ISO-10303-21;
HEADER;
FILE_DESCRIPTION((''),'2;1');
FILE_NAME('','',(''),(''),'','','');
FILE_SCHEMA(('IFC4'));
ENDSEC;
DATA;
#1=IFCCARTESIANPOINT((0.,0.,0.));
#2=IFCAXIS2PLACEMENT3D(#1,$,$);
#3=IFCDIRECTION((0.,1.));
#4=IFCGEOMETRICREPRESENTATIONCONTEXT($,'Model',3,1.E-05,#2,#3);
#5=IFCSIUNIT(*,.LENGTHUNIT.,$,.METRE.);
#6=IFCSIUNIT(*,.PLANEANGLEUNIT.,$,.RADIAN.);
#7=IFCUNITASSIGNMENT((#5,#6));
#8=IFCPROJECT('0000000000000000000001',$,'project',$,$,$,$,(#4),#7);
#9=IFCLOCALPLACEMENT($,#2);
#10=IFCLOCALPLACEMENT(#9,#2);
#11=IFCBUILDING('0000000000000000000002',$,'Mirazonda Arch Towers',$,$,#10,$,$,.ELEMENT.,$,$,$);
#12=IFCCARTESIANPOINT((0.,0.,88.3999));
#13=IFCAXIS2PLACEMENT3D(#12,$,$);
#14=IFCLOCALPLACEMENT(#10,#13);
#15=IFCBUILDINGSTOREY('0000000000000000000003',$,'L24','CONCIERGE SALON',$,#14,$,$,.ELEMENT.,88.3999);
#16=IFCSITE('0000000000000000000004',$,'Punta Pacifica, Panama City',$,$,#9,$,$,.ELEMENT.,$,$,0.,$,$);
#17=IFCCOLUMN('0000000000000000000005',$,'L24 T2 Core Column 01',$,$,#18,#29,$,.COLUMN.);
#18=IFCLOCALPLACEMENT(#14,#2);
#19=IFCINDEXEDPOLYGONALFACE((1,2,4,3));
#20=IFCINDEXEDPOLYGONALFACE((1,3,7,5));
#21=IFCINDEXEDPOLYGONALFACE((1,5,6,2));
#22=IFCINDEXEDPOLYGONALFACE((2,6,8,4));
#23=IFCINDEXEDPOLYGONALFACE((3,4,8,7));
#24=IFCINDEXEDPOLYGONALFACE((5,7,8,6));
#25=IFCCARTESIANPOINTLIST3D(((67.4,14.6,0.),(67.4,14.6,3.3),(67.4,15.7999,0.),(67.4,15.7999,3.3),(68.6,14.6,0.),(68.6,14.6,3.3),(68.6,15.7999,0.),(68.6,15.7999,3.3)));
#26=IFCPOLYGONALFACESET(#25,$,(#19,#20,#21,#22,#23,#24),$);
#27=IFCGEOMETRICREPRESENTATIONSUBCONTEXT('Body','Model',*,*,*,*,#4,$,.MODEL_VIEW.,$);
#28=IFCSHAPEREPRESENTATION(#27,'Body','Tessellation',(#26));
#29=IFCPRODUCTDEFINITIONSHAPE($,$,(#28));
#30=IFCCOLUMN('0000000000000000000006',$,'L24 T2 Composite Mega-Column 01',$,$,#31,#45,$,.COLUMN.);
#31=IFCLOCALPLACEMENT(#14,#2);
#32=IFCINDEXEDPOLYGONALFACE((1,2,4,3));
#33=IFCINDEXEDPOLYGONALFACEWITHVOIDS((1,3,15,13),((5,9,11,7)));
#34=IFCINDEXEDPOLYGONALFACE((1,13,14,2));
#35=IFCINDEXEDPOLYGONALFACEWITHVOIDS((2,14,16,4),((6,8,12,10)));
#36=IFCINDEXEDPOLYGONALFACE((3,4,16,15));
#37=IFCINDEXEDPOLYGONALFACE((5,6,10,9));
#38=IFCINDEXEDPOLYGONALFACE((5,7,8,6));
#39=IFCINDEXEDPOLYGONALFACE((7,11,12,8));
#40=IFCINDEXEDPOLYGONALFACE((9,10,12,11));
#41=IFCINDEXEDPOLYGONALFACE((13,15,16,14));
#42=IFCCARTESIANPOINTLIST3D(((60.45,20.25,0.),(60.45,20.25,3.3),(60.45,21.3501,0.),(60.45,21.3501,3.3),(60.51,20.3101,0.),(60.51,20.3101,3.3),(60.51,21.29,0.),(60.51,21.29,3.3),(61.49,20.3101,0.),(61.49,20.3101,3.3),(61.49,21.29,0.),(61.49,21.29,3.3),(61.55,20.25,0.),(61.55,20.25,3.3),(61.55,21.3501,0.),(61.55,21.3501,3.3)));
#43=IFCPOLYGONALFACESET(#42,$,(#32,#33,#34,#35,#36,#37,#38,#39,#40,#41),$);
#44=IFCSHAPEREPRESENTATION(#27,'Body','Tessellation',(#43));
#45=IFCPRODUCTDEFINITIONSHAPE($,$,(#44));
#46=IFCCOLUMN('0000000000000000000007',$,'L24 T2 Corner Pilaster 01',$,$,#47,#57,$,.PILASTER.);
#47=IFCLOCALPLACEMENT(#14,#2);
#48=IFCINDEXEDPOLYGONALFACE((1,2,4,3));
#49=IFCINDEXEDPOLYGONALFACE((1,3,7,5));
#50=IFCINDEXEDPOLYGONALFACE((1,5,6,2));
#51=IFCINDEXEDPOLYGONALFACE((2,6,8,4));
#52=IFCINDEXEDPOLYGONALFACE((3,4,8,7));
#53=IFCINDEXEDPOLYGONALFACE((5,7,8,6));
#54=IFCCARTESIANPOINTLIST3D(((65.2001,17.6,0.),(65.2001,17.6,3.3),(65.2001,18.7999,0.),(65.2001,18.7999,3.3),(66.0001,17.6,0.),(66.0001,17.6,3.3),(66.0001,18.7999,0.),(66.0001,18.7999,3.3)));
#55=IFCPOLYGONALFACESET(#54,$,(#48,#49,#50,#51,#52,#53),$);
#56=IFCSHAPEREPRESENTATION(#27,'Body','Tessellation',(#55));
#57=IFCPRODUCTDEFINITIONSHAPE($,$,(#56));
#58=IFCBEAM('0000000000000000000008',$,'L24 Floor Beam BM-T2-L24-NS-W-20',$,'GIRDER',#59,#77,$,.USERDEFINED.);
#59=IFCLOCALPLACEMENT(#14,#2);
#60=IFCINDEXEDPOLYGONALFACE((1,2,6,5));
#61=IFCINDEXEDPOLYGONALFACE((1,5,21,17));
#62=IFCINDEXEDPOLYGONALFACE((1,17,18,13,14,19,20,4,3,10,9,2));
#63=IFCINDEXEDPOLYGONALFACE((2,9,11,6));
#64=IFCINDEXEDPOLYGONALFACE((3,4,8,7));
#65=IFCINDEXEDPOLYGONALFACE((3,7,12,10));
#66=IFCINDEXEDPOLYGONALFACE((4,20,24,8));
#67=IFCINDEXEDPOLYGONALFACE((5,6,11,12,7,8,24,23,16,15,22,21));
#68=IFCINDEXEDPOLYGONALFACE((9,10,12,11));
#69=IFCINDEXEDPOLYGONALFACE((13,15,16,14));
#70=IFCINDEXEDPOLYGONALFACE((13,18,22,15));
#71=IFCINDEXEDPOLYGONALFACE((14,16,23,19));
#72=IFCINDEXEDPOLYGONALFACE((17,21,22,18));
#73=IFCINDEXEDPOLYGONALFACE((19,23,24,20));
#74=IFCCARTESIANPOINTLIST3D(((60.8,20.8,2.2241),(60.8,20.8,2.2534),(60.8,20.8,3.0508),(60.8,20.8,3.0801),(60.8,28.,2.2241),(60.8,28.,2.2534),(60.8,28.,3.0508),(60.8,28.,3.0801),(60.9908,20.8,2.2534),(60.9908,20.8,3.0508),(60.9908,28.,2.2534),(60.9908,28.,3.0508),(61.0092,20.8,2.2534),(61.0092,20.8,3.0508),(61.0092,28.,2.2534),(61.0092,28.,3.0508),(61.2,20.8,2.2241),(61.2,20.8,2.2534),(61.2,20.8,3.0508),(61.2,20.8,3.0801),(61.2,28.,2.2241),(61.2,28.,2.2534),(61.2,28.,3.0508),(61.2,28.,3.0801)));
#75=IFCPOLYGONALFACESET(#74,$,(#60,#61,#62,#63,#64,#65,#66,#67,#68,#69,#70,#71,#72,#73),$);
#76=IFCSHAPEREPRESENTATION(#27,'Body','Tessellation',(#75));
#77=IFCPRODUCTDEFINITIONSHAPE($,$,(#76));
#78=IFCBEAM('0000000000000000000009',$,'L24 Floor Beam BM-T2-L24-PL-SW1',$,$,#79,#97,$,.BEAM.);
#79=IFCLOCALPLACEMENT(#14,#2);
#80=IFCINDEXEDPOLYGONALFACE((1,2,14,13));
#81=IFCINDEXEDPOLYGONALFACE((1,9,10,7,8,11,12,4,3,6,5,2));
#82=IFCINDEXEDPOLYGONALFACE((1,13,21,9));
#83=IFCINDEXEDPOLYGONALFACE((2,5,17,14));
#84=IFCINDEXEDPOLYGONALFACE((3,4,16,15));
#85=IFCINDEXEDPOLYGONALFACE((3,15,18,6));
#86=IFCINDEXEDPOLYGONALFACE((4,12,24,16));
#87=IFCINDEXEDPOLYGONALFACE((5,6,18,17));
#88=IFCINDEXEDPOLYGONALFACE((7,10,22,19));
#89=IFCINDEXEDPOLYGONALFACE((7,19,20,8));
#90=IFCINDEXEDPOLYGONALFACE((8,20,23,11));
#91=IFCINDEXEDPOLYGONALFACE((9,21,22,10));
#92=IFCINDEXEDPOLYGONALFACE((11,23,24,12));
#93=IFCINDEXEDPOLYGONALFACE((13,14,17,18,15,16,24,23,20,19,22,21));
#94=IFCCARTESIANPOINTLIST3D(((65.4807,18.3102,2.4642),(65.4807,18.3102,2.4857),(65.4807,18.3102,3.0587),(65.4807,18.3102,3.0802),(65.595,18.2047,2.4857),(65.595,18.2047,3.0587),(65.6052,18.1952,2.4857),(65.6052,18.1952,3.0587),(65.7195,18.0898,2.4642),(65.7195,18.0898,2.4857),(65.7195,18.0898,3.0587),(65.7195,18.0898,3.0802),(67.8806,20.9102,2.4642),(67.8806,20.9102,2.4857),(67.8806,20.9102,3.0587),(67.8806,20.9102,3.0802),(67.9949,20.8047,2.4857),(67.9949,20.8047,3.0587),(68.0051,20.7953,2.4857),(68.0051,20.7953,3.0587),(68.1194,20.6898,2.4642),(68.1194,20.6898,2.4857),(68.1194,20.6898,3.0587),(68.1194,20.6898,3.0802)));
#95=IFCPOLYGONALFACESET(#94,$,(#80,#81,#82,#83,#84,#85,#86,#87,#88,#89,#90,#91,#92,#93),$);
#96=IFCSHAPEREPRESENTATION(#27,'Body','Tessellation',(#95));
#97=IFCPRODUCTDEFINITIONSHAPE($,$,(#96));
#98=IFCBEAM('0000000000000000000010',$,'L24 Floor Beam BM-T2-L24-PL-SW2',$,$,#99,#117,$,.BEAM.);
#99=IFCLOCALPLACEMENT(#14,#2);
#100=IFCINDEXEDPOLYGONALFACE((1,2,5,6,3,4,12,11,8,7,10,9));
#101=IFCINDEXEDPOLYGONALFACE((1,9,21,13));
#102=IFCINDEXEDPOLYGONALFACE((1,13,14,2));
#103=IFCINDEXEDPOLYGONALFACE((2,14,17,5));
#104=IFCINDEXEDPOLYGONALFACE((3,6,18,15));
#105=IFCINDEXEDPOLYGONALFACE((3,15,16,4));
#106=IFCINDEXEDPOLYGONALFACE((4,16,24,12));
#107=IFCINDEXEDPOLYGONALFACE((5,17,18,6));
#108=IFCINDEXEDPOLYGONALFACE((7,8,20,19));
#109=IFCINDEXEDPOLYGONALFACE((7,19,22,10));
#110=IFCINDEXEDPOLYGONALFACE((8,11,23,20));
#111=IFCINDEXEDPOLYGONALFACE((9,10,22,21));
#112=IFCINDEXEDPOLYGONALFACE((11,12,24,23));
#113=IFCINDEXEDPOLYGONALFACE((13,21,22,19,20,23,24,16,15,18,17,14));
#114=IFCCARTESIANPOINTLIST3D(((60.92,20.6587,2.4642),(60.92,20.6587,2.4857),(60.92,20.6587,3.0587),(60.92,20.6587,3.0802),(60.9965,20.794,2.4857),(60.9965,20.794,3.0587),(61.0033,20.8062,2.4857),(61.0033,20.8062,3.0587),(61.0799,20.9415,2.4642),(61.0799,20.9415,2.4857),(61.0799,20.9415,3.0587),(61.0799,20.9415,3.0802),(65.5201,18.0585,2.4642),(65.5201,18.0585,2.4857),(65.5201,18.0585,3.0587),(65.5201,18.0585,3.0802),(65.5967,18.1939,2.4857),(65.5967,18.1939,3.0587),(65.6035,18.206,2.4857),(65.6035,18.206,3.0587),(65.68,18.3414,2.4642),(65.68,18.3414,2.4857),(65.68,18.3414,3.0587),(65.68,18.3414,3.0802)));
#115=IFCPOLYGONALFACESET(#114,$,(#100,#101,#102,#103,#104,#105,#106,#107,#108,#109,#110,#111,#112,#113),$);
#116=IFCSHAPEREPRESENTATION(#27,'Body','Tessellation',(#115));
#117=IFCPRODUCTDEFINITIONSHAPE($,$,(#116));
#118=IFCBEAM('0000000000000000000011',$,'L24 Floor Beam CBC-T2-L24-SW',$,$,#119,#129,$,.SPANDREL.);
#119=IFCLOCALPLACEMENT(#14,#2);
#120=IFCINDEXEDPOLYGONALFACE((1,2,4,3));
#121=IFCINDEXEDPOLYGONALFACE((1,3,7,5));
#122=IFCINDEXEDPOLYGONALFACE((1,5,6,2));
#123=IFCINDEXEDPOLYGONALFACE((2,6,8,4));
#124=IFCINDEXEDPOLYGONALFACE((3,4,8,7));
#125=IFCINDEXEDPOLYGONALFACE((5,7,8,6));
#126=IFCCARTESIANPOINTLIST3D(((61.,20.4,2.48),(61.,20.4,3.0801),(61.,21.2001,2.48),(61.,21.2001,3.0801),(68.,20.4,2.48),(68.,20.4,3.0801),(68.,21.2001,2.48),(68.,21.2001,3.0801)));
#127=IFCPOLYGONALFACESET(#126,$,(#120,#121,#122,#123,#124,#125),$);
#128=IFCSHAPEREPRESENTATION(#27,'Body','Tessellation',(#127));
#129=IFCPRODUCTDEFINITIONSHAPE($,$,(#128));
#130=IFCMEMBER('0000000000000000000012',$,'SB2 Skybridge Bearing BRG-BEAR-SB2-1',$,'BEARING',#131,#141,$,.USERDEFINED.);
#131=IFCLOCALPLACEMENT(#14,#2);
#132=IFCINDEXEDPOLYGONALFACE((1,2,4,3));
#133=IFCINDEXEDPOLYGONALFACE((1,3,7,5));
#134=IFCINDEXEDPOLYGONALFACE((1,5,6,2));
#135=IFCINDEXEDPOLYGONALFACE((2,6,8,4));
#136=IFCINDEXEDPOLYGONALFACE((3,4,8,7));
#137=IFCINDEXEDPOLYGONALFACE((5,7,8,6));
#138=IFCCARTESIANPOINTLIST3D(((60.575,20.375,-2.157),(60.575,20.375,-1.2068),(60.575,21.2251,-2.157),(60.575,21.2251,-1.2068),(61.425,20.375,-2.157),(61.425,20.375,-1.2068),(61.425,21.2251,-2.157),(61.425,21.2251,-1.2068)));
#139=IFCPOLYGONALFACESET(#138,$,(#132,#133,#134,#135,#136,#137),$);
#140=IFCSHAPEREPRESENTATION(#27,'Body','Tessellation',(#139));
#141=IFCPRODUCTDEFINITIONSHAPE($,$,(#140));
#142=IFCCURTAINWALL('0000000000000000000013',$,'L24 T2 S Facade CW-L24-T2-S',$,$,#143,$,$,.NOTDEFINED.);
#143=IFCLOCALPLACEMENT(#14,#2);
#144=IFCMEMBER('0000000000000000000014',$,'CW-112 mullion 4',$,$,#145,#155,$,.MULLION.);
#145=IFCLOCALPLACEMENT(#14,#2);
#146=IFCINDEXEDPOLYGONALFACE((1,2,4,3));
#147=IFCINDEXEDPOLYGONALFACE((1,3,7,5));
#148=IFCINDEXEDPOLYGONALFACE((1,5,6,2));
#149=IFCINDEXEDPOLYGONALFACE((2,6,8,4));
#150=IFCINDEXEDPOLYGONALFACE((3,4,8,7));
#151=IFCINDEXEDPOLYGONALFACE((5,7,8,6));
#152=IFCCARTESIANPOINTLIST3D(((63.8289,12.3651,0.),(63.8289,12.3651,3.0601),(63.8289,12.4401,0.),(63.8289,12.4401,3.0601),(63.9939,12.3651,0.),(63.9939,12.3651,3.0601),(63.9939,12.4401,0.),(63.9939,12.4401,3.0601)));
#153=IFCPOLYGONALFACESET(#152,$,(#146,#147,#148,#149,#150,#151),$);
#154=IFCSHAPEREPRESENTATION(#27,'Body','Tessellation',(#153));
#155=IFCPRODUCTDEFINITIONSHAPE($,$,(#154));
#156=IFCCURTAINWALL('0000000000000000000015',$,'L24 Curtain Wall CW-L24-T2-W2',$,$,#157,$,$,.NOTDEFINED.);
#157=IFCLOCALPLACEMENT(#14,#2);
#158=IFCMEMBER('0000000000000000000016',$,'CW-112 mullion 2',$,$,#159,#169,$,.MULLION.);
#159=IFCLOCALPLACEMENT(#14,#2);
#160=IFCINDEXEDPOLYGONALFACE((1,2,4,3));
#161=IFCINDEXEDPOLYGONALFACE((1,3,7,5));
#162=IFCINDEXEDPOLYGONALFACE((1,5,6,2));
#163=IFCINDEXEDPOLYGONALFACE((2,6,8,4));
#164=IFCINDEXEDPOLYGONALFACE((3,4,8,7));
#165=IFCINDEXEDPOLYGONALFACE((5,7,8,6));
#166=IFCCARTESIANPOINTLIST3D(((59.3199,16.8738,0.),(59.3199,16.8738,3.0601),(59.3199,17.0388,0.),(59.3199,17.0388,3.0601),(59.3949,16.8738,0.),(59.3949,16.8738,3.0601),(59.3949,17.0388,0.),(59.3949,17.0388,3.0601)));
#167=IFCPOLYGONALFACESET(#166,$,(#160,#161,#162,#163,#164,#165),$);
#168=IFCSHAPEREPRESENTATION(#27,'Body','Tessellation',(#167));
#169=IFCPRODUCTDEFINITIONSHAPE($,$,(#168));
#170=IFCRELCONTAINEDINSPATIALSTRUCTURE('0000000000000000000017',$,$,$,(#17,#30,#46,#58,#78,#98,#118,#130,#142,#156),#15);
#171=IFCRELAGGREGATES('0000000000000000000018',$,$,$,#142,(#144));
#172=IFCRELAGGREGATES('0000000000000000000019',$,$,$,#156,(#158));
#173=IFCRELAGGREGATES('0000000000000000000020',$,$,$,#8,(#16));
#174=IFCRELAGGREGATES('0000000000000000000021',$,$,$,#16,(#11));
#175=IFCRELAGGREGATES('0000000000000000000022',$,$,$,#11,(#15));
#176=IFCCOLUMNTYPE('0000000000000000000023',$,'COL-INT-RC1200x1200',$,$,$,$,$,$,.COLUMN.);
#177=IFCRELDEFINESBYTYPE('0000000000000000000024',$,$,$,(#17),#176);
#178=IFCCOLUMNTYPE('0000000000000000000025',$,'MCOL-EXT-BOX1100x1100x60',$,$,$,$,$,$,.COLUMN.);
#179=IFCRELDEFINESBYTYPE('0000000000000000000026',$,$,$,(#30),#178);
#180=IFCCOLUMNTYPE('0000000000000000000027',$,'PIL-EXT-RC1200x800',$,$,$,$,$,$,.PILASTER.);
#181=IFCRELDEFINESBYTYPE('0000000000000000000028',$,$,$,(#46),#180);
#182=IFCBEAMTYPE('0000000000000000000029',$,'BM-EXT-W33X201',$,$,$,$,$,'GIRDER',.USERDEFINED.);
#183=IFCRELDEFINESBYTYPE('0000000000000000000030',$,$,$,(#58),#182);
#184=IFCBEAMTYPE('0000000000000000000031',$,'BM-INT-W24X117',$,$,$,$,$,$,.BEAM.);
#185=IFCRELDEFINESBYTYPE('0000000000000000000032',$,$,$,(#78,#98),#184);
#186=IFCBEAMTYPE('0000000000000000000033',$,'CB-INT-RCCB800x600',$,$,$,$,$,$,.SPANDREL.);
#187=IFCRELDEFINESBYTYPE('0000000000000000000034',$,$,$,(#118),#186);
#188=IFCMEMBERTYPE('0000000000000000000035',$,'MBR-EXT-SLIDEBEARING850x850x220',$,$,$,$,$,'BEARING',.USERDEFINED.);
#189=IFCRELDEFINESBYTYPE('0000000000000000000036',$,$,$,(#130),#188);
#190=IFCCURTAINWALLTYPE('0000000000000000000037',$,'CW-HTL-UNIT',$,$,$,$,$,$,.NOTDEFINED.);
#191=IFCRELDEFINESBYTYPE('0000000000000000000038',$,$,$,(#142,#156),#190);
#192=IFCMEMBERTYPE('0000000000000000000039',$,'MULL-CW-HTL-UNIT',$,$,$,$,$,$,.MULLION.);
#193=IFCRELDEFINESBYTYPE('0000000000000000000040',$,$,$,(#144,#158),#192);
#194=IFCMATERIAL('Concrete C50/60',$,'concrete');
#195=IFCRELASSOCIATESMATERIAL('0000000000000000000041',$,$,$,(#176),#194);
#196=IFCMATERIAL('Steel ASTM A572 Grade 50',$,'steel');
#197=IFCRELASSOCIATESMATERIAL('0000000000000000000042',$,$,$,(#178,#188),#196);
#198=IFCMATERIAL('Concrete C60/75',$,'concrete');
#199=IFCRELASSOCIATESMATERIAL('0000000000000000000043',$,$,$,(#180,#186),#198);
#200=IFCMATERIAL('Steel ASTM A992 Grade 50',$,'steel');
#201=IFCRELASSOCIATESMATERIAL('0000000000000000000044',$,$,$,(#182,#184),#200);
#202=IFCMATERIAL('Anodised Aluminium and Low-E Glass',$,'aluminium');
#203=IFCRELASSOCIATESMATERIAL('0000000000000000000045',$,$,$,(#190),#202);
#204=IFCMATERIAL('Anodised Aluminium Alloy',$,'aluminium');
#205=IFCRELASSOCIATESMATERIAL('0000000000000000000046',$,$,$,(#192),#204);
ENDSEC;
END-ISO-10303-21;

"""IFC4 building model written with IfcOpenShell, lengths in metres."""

from ifc_helpers import new_model, si_unit, direction, frame, origin, origin_2d, place, context, subcontext, project, spatial, rectangle, hollow_rectangle, i_section, extrude, material, material_profile, profile_set, type_object, element, aggregate, save


model = new_model("IFC4")

# Units and contexts
model_context = context("Model", 3, precision=1e-05, world=origin(), true_north=direction((0.0, 1.0)))
body_context = subcontext(model_context, "Body", "Model", "MODEL_VIEW")
ifc_project = project(units=[si_unit("LENGTHUNIT", "METRE"), si_unit("PLANEANGLEUNIT", "RADIAN")], contexts=[model_context])

# Site, building, storey
site_placement = place(None, origin())
site = spatial("IfcSite", under=ifc_project, at=site_placement, Name="Punta Pacifica, Panama City", CompositionType="ELEMENT", RefElevation=0.0)
building_placement = place(site_placement, origin())
building = spatial("IfcBuilding", under=site, at=building_placement, Name="Mirazonda Arch Towers", CompositionType="ELEMENT")
storey_placement = place(building_placement, frame((0.0, 0.0, 88.3999)))
storey = spatial("IfcBuildingStorey", under=building, at=storey_placement, Name="L24", Description="CONCIERGE SALON", CompositionType="ELEMENT", Elevation=88.3999)

# Columns
ifc_material_1 = material(Name="Concrete C50/60", Category="concrete")
ifc_material_profile_1 = material_profile(ifc_material_1, rectangle(XDim=1.2, YDim=1.2, at=origin_2d()), Name="RC1200x1200")
ifc_profile_set_1 = profile_set([ifc_material_profile_1], Name="Concrete C50/60")
column_type_1 = type_object("IfcColumnType", Name="COL-INT-RC1200x1200", PredefinedType="COLUMN", material=ifc_profile_set_1)
column_1_placement = place(storey_placement, frame((68.0, 15.2, 0.0), z_axis=(0.0, 0.0, 1.0), x_axis=(1.0, 0.0, 0.0)))
element("IfcColumn", 1, at=column_1_placement, inside=storey, type_object=column_type_1, Name="L24 T2 Core Column 01", PredefinedType="COLUMN", context=body_context, shape_type="SweptSolid", body=[
    extrude(rectangle(XDim=1.2, YDim=1.2, at=origin_2d()), origin(), (0.0, 0.0, 1.0), 3.3),
])
ifc_material_2 = material(Name="Steel ASTM A572 Grade 50", Category="steel")
ifc_material_profile_2 = material_profile(ifc_material_2, hollow_rectangle(XDim=1.1001, YDim=1.1001, WallThickness=0.0601, at=origin_2d()), Name="BOX1100x1100x60")
ifc_profile_set_2 = profile_set([ifc_material_profile_2], Name="Steel ASTM A572 Grade 50")
column_type_2 = type_object("IfcColumnType", Name="MCOL-EXT-BOX1100x1100x60", PredefinedType="COLUMN", material=ifc_profile_set_2)
column_2_placement = place(storey_placement, frame((61.0, 20.8, 0.0), z_axis=(0.0, 0.0, 1.0), x_axis=(1.0, 0.0, 0.0)))
element("IfcColumn", 2, at=column_2_placement, inside=storey, type_object=column_type_2, Name="L24 T2 Composite Mega-Column 01", PredefinedType="COLUMN", context=body_context, shape_type="SweptSolid", body=[
    extrude(hollow_rectangle(XDim=1.1001, YDim=1.1001, WallThickness=0.0601, at=origin_2d()), origin(), (0.0, 0.0, 1.0), 3.3),
])
ifc_material_3 = material(Name="Concrete C60/75", Category="concrete")
ifc_material_profile_3 = material_profile(ifc_material_3, rectangle(XDim=0.8, YDim=1.2, at=origin_2d()), Name="RC1200x800")
ifc_profile_set_3 = profile_set([ifc_material_profile_3], Name="Concrete C60/75")
column_type_3 = type_object("IfcColumnType", Name="PIL-EXT-RC1200x800", PredefinedType="PILASTER", material=ifc_profile_set_3)
column_3_placement = place(storey_placement, frame((65.6001, 18.2, 0.0), z_axis=(0.0, 0.0, 1.0), x_axis=(1.0, 0.0, 0.0)))
element("IfcColumn", 3, at=column_3_placement, inside=storey, type_object=column_type_3, Name="L24 T2 Corner Pilaster 01", PredefinedType="PILASTER", context=body_context, shape_type="SweptSolid", body=[
    extrude(rectangle(XDim=0.8, YDim=1.2, at=origin_2d()), origin(), (0.0, 0.0, 1.0), 3.3),
])

# Beams
ifc_material_4 = material(Name="Steel ASTM A992 Grade 50", Category="steel")
ifc_material_profile_4 = material_profile(ifc_material_4, i_section(OverallWidth=0.3999, OverallDepth=0.856, WebThickness=0.0183, FlangeThickness=0.0293, at=origin_2d()), Name="W33X201")
ifc_profile_set_4 = profile_set([ifc_material_profile_4], Name="Steel ASTM A992 Grade 50")
beam_type_1 = type_object("IfcBeamType", Name="BM-EXT-W33X201", ElementType="GIRDER", PredefinedType="USERDEFINED", material=ifc_profile_set_4)
beam_1_placement = place(storey_placement, frame((61.0, 20.8, 2.6521), z_axis=(0.0, 1.0, 0.0), x_axis=(-1.0, 0.0, 0.0)))
element("IfcBeam", 4, at=beam_1_placement, inside=storey, type_object=beam_type_1, Name="L24 Floor Beam BM-T2-L24-NS-W-20", ObjectType="GIRDER", PredefinedType="USERDEFINED", context=body_context, shape_type="SweptSolid", body=[
    extrude(i_section(OverallWidth=0.3999, OverallDepth=0.856, WebThickness=0.0183, FlangeThickness=0.0293, at=origin_2d()), origin(), (0.0, 0.0, 1.0), 7.2),
])
ifc_material_profile_5 = material_profile(ifc_material_4, i_section(OverallWidth=0.325, OverallDepth=0.616, WebThickness=0.0139, FlangeThickness=0.0215, at=origin_2d()), Name="W24X117")
ifc_profile_set_5 = profile_set([ifc_material_profile_5], Name="Steel ASTM A992 Grade 50")
beam_type_2 = type_object("IfcBeamType", Name="BM-INT-W24X117", PredefinedType="BEAM", material=ifc_profile_set_5)
beam_2_placement = place(storey_placement, frame((65.6001, 18.2, 2.7722), z_axis=(0.678251, 0.73483, 0.0), x_axis=(-0.73483, 0.678251, 0.0)))
element("IfcBeam", 5, at=beam_2_placement, inside=storey, type_object=beam_type_2, Name="L24 Floor Beam BM-T2-L24-PL-SW1", PredefinedType="BEAM", context=body_context, shape_type="SweptSolid", body=[
    extrude(i_section(OverallWidth=0.325, OverallDepth=0.616, WebThickness=0.0139, FlangeThickness=0.0215, at=origin_2d()), origin(), (0.0, 0.0, 1.0), 3.5383),
])
beam_3_placement = place(storey_placement, frame((65.6001, 18.2, 2.7722), z_axis=(-0.870559, 0.492063, 0.0), x_axis=(-0.492063, -0.870559, 0.0)))
element("IfcBeam", 6, at=beam_3_placement, inside=storey, type_object=beam_type_2, Name="L24 Floor Beam BM-T2-L24-PL-SW2", PredefinedType="BEAM", context=body_context, shape_type="SweptSolid", body=[
    extrude(i_section(OverallWidth=0.325, OverallDepth=0.616, WebThickness=0.0139, FlangeThickness=0.0215, at=origin_2d()), origin(), (0.0, 0.0, 1.0), 5.2842),
])
ifc_material_profile_6 = material_profile(ifc_material_3, rectangle(XDim=0.8, YDim=0.6001, at=origin_2d()), Name="RCCB800x600")
ifc_profile_set_6 = profile_set([ifc_material_profile_6], Name="Concrete C60/75")
beam_type_3 = type_object("IfcBeamType", Name="CB-INT-RCCB800x600", PredefinedType="SPANDREL", material=ifc_profile_set_6)
beam_4_placement = place(storey_placement, frame((61.0, 20.8, 2.78), z_axis=(1.0, 0.0, 0.0), x_axis=(0.0, 1.0, 0.0)))
element("IfcBeam", 7, at=beam_4_placement, inside=storey, type_object=beam_type_3, Name="L24 Floor Beam CBC-T2-L24-SW", PredefinedType="SPANDREL", context=body_context, shape_type="SweptSolid", body=[
    extrude(rectangle(XDim=0.8, YDim=0.6001, at=origin_2d()), origin(), (0.0, 0.0, 1.0), 7.0),
])

# Member
ifc_material_profile_7 = material_profile(ifc_material_2, rectangle(XDim=0.8501, YDim=0.8501, at=origin_2d()), Name="SLIDEBEARING850x850x220")
ifc_profile_set_7 = profile_set([ifc_material_profile_7], Name="Steel ASTM A572 Grade 50")
member_type_1 = type_object("IfcMemberType", Name="MBR-EXT-SLIDEBEARING850x850x220", ElementType="BEARING", PredefinedType="USERDEFINED", material=ifc_profile_set_7)
member_1_placement = place(storey_placement, frame((61.0, 20.8, -2.157), z_axis=(0.0, 0.0, 1.0), x_axis=(1.0, 0.0, 0.0)))
element("IfcMember", 8, at=member_1_placement, inside=storey, type_object=member_type_1, Name="SB2 Skybridge Bearing BRG-BEAR-SB2-1", ObjectType="BEARING", PredefinedType="USERDEFINED", context=body_context, shape_type="SweptSolid", body=[
    extrude(rectangle(XDim=0.8501, YDim=0.8501, at=origin_2d()), origin(), (0.0, 0.0, 1.0), 0.9502),
])

# Curtain wall, member
ifc_material_5 = material(Name="Anodised Aluminium and Low-E Glass", Category="aluminium")
curtain_wall_type = type_object("IfcCurtainWallType", Name="CW-HTL-UNIT", PredefinedType="NOTDEFINED", material=ifc_material_5)
curtain_wall_1_placement = place(storey_placement, origin())
curtain_wall_1 = element("IfcCurtainWall", 9, at=curtain_wall_1_placement, inside=storey, type_object=curtain_wall_type, Name="L24 T2 S Facade CW-L24-T2-S", PredefinedType="NOTDEFINED")
ifc_material_6 = material(Name="Anodised Aluminium Alloy", Category="aluminium")
ifc_material_profile_8 = material_profile(ifc_material_6, rectangle(XDim=0.075, YDim=0.165, at=origin_2d()), Name="ALU-MULL-75x165")
ifc_profile_set_8 = profile_set([ifc_material_profile_8], Name="Anodised Aluminium Alloy")
member_type_2 = type_object("IfcMemberType", Name="MULL-CW-HTL-UNIT", PredefinedType="MULLION", material=ifc_profile_set_8)
member_2_placement = place(storey_placement, frame((63.9114, 12.4026, 0.0), z_axis=(0.0, 0.0, 1.0), x_axis=(0.0, -1.0, 0.0)))
member_2 = element("IfcMember", 10, at=member_2_placement, type_object=member_type_2, Name="CW-112 mullion 4", PredefinedType="MULLION", context=body_context, shape_type="SweptSolid", body=[
    extrude(rectangle(XDim=0.075, YDim=0.165, at=origin_2d()), origin(), (0.0, 0.0, 1.0), 3.0601),
])
aggregate(curtain_wall_1, [member_2])

# Curtain wall, member
curtain_wall_2_placement = place(storey_placement, origin())
curtain_wall_2 = element("IfcCurtainWall", 11, at=curtain_wall_2_placement, inside=storey, type_object=curtain_wall_type, Name="L24 Curtain Wall CW-L24-T2-W2", PredefinedType="NOTDEFINED")
member_3_placement = place(storey_placement, frame((59.3574, 16.9563, 0.0), z_axis=(0.0, 0.0, 1.0), x_axis=(1.0, 0.0, 0.0)))
member_3 = element("IfcMember", 12, at=member_3_placement, type_object=member_type_2, Name="CW-112 mullion 2", PredefinedType="MULLION", context=body_context, shape_type="SweptSolid", body=[
    extrude(rectangle(XDim=0.075, YDim=0.165, at=origin_2d()), origin(), (0.0, 0.0, 1.0), 3.0601),
])
aggregate(curtain_wall_2, [member_3])

save(model, "model.ifc")
